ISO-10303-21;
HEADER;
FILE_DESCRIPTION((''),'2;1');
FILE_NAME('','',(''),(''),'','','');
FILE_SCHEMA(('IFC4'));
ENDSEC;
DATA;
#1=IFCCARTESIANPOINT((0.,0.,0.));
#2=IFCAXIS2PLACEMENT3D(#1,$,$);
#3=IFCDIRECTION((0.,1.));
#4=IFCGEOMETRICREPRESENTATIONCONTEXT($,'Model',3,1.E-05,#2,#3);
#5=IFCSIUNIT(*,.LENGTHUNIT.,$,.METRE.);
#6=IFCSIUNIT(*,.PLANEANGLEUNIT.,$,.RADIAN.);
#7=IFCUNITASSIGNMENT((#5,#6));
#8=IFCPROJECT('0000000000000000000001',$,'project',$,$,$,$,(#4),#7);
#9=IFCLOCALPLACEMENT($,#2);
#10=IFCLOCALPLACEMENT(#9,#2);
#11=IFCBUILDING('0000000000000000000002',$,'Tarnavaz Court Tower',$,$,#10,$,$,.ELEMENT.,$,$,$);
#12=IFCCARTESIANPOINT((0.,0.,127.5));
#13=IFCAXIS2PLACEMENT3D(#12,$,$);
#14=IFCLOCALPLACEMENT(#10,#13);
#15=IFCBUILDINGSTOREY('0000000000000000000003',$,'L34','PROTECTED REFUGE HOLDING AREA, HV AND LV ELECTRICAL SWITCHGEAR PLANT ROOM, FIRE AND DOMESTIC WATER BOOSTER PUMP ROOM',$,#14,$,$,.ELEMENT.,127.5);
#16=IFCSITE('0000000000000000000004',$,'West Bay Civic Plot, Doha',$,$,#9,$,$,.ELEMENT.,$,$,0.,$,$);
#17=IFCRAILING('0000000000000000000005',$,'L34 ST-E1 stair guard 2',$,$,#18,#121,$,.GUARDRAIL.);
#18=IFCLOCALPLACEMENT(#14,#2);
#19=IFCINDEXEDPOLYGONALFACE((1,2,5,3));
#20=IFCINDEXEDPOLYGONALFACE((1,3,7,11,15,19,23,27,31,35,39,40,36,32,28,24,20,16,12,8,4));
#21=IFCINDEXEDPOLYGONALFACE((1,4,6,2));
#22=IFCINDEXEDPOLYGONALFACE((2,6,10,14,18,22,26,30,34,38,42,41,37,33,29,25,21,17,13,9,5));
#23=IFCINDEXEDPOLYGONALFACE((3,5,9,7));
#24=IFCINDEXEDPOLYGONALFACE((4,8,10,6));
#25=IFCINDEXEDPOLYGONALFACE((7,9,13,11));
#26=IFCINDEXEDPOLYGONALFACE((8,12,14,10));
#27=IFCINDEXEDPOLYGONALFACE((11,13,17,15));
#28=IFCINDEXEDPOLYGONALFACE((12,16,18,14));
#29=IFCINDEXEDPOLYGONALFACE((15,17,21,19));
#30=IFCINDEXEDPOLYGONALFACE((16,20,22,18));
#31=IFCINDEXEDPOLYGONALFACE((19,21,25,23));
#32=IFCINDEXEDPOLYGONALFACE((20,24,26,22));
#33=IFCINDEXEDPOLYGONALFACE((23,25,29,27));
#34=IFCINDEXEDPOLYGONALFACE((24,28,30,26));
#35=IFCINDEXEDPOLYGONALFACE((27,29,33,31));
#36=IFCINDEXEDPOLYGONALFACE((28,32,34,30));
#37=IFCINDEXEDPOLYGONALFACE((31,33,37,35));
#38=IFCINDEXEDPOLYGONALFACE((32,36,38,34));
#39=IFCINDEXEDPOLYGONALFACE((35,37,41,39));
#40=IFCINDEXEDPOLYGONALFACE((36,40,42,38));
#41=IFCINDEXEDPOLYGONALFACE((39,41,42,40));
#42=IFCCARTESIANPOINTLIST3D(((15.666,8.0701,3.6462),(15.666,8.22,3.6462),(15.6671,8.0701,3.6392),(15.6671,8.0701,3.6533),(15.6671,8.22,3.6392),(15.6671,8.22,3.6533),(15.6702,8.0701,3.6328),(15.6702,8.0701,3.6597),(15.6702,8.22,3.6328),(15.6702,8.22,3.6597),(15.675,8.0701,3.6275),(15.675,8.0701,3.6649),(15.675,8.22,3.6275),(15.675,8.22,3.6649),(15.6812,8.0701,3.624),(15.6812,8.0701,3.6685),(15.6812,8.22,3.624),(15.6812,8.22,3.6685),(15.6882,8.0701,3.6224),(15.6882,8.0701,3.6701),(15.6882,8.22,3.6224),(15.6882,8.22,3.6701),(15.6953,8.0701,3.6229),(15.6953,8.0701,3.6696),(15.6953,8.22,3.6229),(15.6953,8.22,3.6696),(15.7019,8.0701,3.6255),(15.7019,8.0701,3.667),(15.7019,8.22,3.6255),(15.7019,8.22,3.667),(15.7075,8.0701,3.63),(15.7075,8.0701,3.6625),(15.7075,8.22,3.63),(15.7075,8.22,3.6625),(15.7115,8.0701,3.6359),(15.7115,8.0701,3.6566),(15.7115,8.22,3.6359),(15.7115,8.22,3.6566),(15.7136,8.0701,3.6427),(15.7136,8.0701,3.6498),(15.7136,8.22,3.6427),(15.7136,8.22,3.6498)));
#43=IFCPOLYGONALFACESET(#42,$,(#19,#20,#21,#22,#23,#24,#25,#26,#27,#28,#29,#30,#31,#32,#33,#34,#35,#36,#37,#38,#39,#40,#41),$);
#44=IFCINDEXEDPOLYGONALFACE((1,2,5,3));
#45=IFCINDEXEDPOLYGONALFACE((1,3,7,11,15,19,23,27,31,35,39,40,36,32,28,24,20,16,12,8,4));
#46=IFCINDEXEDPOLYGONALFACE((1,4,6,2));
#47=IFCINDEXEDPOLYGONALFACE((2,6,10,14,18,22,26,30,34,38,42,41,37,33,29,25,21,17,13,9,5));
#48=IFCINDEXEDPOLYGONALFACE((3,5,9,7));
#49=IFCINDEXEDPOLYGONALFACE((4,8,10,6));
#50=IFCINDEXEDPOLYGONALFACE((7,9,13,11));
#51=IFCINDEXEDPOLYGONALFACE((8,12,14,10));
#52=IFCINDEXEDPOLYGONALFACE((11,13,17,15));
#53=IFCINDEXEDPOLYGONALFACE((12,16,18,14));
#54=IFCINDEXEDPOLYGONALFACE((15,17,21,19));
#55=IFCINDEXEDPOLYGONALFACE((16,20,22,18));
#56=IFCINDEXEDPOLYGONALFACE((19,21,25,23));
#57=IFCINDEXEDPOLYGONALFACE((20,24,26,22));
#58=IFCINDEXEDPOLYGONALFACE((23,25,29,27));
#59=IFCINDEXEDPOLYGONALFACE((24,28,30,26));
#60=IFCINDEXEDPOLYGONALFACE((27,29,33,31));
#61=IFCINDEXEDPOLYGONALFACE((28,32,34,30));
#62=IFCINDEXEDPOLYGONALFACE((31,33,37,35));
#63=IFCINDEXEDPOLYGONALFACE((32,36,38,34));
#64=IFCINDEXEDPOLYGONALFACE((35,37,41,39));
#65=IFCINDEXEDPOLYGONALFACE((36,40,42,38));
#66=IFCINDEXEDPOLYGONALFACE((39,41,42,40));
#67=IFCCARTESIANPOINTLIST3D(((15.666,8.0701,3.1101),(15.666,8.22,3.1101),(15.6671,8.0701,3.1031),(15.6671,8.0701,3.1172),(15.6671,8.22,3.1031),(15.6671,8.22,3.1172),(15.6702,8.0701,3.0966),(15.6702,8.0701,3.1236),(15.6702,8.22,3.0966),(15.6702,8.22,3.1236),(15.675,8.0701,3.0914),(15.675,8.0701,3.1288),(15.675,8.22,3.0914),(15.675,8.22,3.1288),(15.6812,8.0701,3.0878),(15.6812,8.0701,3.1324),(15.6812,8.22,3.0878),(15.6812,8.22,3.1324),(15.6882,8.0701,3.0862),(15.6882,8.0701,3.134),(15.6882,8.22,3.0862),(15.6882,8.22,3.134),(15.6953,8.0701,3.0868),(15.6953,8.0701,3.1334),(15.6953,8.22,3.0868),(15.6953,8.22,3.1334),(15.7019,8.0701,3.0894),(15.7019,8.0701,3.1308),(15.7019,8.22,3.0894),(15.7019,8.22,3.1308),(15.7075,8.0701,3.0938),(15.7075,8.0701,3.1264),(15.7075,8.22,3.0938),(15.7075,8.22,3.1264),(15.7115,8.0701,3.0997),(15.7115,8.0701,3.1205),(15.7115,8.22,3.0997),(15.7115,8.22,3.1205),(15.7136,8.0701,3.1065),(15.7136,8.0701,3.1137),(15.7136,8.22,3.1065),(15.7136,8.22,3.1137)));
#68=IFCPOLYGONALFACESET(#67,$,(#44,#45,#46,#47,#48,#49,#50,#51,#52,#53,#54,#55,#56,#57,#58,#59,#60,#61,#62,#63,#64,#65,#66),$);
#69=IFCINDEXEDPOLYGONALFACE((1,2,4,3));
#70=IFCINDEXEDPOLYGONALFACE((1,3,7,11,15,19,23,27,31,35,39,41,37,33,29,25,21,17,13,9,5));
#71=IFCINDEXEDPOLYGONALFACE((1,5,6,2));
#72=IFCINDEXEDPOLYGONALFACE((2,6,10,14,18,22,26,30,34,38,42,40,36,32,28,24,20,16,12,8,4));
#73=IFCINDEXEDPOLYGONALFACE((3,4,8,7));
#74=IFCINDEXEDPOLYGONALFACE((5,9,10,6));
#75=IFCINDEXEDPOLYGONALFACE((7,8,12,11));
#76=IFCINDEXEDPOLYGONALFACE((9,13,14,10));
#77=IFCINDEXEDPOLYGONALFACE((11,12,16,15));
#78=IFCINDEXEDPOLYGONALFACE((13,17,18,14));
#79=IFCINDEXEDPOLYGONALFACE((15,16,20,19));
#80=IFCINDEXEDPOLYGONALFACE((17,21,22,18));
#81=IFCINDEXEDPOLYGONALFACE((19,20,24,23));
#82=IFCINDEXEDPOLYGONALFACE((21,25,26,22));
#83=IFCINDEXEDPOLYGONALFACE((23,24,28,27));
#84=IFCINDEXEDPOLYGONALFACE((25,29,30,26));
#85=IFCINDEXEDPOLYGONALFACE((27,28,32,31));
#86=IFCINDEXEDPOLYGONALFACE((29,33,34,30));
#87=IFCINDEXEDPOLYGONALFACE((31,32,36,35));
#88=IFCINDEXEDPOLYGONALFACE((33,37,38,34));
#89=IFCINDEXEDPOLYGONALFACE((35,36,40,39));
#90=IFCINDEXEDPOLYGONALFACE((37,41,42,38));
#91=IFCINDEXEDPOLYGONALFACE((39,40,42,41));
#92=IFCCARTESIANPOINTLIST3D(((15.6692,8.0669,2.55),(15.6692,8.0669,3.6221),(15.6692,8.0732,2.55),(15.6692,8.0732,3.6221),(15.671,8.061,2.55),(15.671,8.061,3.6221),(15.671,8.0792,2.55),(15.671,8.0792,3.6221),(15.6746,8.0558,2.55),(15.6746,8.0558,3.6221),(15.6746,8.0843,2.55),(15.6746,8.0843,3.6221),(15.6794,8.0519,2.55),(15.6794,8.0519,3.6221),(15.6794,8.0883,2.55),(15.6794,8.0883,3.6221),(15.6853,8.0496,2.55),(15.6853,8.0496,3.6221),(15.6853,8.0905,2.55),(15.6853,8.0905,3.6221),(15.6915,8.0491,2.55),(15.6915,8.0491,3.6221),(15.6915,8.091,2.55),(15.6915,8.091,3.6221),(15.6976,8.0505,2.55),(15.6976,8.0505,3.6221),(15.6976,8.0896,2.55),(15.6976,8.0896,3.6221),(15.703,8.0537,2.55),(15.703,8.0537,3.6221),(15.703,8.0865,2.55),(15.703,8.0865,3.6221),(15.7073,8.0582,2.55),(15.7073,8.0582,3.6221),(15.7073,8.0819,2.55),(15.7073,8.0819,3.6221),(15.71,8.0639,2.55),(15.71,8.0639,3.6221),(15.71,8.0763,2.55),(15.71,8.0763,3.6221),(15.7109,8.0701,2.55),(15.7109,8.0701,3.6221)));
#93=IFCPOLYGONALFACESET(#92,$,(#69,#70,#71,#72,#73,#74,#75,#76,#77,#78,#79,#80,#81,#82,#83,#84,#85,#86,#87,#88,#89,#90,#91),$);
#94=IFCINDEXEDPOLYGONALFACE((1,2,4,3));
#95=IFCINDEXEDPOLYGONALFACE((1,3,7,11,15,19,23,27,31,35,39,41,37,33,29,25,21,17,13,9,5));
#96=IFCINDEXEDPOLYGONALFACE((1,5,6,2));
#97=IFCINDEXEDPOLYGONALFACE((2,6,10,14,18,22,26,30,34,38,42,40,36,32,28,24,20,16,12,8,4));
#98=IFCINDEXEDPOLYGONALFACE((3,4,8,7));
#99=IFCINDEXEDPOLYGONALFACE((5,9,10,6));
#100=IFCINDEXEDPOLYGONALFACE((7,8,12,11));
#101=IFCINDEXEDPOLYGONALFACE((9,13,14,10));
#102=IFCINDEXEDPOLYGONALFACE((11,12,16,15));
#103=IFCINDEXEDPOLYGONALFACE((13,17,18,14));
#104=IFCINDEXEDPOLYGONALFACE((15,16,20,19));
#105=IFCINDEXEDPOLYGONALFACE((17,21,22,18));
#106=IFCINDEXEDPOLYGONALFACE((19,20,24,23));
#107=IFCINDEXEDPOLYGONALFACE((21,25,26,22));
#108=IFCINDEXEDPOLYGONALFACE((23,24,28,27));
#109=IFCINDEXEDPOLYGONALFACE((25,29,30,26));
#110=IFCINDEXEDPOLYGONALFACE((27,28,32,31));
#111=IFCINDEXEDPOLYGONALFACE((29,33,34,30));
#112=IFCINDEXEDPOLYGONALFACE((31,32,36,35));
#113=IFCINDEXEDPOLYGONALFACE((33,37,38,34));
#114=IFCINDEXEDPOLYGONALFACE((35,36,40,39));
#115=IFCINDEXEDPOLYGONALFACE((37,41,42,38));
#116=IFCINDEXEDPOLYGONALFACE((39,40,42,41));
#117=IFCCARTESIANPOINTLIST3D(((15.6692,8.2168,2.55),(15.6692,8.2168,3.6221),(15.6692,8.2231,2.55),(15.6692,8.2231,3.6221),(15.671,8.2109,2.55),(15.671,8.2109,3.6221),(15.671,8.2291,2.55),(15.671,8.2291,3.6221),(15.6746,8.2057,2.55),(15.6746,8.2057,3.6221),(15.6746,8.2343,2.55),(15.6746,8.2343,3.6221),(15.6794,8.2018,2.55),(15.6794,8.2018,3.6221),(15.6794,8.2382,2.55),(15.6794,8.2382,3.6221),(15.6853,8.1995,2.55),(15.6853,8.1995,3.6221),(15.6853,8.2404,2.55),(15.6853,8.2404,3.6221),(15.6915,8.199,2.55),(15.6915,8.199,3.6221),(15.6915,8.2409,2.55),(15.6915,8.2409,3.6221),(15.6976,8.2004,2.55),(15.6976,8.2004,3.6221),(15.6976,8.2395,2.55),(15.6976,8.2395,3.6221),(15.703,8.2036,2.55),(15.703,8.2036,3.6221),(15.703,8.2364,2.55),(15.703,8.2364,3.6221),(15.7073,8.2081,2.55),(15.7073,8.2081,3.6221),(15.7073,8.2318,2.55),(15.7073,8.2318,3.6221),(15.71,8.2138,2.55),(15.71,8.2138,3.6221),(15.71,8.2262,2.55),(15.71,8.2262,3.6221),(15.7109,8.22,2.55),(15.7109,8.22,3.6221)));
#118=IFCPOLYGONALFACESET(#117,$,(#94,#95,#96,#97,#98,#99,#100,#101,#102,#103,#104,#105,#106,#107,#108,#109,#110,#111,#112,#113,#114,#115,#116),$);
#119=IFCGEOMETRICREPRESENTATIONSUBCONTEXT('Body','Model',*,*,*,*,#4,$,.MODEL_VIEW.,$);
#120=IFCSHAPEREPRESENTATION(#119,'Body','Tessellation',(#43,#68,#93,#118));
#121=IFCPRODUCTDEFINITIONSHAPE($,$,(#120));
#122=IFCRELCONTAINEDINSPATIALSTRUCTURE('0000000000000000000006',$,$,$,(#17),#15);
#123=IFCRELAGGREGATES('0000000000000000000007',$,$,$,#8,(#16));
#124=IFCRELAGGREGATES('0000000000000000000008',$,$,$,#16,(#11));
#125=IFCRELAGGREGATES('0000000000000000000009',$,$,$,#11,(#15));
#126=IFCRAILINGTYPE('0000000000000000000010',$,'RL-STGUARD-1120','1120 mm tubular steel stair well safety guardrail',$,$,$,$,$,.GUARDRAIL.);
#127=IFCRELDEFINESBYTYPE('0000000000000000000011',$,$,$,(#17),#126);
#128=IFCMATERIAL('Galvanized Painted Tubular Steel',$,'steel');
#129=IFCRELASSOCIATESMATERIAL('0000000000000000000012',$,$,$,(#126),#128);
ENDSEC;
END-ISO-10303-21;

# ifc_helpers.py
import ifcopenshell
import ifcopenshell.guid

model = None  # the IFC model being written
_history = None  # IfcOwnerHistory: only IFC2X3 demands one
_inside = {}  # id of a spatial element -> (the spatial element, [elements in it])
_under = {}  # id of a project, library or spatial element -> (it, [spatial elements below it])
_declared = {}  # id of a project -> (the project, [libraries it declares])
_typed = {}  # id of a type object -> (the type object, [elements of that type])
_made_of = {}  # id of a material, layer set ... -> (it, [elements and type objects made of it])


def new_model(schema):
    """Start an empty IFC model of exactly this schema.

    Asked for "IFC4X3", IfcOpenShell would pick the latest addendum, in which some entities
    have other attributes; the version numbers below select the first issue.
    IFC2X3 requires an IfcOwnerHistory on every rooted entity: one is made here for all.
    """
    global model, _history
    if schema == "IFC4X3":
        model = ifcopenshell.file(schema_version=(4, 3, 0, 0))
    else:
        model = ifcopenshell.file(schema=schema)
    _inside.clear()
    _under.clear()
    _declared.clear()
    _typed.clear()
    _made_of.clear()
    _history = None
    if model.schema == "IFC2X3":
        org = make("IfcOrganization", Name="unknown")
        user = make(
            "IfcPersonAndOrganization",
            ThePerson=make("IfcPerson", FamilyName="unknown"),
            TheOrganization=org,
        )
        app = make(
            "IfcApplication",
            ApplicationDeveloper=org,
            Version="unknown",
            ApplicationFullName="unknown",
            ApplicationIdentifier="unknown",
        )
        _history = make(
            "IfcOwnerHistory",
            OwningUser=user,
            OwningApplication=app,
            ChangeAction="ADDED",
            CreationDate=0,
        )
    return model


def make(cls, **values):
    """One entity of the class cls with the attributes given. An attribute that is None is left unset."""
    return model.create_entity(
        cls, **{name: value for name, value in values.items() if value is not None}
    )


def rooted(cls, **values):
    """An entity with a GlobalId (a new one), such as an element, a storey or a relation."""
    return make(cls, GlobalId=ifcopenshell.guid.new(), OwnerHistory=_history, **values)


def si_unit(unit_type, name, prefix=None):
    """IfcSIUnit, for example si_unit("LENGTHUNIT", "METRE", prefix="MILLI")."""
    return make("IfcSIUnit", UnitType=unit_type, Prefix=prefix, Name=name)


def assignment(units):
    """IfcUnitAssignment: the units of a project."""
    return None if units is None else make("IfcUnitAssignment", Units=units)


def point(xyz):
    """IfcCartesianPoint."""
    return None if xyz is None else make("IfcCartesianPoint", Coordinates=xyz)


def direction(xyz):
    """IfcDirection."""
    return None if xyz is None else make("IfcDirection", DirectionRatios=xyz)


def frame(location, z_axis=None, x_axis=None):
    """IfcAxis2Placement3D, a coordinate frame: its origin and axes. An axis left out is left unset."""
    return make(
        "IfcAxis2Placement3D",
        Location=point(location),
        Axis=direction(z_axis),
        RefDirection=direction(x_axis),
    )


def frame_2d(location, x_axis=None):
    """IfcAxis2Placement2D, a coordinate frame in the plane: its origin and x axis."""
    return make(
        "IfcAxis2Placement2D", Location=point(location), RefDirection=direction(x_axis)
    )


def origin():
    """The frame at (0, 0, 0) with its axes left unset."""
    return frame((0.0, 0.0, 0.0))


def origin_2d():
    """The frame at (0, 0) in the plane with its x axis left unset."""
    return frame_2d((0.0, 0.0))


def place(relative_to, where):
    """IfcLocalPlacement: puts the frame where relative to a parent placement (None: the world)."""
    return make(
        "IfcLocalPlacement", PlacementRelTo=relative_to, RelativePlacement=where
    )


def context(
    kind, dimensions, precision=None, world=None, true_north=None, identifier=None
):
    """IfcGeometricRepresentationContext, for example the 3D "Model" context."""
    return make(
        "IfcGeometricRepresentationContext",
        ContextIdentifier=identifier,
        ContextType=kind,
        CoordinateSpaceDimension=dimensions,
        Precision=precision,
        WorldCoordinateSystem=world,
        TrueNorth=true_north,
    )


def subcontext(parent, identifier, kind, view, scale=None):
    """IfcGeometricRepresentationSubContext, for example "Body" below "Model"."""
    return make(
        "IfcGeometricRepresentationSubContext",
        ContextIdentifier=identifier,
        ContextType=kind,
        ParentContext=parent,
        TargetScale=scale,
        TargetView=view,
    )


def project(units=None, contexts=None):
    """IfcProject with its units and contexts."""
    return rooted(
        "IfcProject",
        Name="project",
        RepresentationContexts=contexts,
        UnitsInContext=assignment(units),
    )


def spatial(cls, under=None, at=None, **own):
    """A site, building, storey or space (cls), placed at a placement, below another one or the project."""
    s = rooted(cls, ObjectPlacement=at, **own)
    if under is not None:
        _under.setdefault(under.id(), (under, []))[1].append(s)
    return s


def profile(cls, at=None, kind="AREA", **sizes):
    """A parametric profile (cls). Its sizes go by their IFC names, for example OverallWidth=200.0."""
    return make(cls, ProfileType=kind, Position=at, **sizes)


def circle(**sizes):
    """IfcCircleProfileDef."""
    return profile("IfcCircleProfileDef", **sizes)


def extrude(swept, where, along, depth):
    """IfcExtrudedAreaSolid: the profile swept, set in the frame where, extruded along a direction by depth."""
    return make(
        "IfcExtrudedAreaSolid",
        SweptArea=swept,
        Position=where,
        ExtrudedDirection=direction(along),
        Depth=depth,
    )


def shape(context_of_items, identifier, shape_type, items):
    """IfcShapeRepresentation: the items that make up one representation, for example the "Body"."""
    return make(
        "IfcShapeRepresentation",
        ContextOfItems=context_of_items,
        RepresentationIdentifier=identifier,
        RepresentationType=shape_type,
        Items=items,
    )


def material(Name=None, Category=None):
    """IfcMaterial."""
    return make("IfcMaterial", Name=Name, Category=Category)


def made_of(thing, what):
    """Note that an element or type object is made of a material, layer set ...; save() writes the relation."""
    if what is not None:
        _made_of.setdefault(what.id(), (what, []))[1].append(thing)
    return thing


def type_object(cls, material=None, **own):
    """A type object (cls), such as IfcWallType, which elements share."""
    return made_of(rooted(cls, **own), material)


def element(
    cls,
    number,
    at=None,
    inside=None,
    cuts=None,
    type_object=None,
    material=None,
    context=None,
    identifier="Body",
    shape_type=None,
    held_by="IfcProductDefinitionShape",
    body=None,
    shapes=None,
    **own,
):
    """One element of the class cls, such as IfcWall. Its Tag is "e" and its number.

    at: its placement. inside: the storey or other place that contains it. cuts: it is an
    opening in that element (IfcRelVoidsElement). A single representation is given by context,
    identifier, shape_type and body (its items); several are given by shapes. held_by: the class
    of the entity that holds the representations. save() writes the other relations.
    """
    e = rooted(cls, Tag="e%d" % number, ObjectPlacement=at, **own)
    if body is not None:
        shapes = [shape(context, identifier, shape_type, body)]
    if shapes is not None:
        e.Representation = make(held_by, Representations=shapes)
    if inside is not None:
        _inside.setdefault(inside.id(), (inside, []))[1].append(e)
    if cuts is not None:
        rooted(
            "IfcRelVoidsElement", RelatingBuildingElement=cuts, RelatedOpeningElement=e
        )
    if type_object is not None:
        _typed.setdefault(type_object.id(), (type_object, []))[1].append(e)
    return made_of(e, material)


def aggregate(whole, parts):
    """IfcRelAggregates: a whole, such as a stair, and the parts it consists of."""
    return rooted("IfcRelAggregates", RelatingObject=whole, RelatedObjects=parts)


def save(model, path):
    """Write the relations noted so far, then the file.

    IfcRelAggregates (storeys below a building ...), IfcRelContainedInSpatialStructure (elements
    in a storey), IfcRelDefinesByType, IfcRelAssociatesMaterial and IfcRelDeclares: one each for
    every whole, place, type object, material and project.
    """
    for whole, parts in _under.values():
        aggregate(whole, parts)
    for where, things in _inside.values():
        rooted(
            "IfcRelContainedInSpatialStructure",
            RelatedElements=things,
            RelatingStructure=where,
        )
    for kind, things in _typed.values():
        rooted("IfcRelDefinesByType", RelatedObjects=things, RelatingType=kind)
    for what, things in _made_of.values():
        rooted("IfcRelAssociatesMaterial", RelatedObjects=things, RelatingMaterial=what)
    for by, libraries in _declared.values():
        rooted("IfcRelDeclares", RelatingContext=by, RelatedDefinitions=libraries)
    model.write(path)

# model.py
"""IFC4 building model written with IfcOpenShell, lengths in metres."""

from ifc_helpers import new_model, si_unit, direction, frame, origin, origin_2d, place, context, subcontext, project, spatial, circle, extrude, material, type_object, element, save


model = new_model("IFC4")

# Units and contexts
model_context = context("Model", 3, precision=1e-05, world=origin(), true_north=direction((0.0, 1.0)))
body_context = subcontext(model_context, "Body", "Model", "MODEL_VIEW")
ifc_project = project(units=[si_unit("LENGTHUNIT", "METRE"), si_unit("PLANEANGLEUNIT", "RADIAN")], contexts=[model_context])

# Site, building, storey
site_placement = place(None, origin())
site = spatial("IfcSite", under=ifc_project, at=site_placement, Name="West Bay Civic Plot, Doha", CompositionType="ELEMENT", RefElevation=0.0)
building_placement = place(site_placement, origin())
building = spatial("IfcBuilding", under=site, at=building_placement, Name="Tarnavaz Court Tower", CompositionType="ELEMENT")
storey_placement = place(building_placement, frame((0.0, 0.0, 127.5)))
storey = spatial("IfcBuildingStorey", under=building, at=storey_placement, Name="L34", Description="PROTECTED REFUGE HOLDING AREA, HV AND LV ELECTRICAL SWITCHGEAR PLANT ROOM, FIRE AND DOMESTIC WATER BOOSTER PUMP ROOM", CompositionType="ELEMENT", Elevation=127.5)

# Railing
ifc_material_1 = material(Name="Galvanized Painted Tubular Steel", Category="steel")
railing_type_1 = type_object("IfcRailingType", Name="RL-STGUARD-1120", Description="1120 mm tubular steel stair well safety guardrail", PredefinedType="GUARDRAIL", material=ifc_material_1)
railing_1_placement = place(storey_placement, frame((15.6899, 8.0701, 2.55)))
element("IfcRailing", 1, at=railing_1_placement, inside=storey, type_object=railing_type_1, Name="L34 ST-E1 stair guard 2", PredefinedType="GUARDRAIL", context=body_context, shape_type="SweptSolid", body=[
    extrude(circle(Radius=0.0239, at=origin_2d()), frame((0.0, 0.0, 1.0962), z_axis=(0.0, 1.0, 0.0), x_axis=(-1.0, 0.0, 0.0)), (0.0, 0.0, 1.0), 0.1499),
    extrude(circle(Radius=0.0239, at=origin_2d()), frame((0.0, 0.0, 0.5601), z_axis=(0.0, 1.0, 0.0), x_axis=(-1.0, 0.0, 0.0)), (0.0, 0.0, 1.0), 0.1499),
    extrude(circle(Radius=0.021, at=origin_2d()), origin(), (0.0, 0.0, 1.0), 1.072),
    extrude(circle(Radius=0.021, at=origin_2d()), frame((0.0, 0.1499, 0.0)), (0.0, 0.0, 1.0), 1.072),
])

save(model, "model.ifc")
